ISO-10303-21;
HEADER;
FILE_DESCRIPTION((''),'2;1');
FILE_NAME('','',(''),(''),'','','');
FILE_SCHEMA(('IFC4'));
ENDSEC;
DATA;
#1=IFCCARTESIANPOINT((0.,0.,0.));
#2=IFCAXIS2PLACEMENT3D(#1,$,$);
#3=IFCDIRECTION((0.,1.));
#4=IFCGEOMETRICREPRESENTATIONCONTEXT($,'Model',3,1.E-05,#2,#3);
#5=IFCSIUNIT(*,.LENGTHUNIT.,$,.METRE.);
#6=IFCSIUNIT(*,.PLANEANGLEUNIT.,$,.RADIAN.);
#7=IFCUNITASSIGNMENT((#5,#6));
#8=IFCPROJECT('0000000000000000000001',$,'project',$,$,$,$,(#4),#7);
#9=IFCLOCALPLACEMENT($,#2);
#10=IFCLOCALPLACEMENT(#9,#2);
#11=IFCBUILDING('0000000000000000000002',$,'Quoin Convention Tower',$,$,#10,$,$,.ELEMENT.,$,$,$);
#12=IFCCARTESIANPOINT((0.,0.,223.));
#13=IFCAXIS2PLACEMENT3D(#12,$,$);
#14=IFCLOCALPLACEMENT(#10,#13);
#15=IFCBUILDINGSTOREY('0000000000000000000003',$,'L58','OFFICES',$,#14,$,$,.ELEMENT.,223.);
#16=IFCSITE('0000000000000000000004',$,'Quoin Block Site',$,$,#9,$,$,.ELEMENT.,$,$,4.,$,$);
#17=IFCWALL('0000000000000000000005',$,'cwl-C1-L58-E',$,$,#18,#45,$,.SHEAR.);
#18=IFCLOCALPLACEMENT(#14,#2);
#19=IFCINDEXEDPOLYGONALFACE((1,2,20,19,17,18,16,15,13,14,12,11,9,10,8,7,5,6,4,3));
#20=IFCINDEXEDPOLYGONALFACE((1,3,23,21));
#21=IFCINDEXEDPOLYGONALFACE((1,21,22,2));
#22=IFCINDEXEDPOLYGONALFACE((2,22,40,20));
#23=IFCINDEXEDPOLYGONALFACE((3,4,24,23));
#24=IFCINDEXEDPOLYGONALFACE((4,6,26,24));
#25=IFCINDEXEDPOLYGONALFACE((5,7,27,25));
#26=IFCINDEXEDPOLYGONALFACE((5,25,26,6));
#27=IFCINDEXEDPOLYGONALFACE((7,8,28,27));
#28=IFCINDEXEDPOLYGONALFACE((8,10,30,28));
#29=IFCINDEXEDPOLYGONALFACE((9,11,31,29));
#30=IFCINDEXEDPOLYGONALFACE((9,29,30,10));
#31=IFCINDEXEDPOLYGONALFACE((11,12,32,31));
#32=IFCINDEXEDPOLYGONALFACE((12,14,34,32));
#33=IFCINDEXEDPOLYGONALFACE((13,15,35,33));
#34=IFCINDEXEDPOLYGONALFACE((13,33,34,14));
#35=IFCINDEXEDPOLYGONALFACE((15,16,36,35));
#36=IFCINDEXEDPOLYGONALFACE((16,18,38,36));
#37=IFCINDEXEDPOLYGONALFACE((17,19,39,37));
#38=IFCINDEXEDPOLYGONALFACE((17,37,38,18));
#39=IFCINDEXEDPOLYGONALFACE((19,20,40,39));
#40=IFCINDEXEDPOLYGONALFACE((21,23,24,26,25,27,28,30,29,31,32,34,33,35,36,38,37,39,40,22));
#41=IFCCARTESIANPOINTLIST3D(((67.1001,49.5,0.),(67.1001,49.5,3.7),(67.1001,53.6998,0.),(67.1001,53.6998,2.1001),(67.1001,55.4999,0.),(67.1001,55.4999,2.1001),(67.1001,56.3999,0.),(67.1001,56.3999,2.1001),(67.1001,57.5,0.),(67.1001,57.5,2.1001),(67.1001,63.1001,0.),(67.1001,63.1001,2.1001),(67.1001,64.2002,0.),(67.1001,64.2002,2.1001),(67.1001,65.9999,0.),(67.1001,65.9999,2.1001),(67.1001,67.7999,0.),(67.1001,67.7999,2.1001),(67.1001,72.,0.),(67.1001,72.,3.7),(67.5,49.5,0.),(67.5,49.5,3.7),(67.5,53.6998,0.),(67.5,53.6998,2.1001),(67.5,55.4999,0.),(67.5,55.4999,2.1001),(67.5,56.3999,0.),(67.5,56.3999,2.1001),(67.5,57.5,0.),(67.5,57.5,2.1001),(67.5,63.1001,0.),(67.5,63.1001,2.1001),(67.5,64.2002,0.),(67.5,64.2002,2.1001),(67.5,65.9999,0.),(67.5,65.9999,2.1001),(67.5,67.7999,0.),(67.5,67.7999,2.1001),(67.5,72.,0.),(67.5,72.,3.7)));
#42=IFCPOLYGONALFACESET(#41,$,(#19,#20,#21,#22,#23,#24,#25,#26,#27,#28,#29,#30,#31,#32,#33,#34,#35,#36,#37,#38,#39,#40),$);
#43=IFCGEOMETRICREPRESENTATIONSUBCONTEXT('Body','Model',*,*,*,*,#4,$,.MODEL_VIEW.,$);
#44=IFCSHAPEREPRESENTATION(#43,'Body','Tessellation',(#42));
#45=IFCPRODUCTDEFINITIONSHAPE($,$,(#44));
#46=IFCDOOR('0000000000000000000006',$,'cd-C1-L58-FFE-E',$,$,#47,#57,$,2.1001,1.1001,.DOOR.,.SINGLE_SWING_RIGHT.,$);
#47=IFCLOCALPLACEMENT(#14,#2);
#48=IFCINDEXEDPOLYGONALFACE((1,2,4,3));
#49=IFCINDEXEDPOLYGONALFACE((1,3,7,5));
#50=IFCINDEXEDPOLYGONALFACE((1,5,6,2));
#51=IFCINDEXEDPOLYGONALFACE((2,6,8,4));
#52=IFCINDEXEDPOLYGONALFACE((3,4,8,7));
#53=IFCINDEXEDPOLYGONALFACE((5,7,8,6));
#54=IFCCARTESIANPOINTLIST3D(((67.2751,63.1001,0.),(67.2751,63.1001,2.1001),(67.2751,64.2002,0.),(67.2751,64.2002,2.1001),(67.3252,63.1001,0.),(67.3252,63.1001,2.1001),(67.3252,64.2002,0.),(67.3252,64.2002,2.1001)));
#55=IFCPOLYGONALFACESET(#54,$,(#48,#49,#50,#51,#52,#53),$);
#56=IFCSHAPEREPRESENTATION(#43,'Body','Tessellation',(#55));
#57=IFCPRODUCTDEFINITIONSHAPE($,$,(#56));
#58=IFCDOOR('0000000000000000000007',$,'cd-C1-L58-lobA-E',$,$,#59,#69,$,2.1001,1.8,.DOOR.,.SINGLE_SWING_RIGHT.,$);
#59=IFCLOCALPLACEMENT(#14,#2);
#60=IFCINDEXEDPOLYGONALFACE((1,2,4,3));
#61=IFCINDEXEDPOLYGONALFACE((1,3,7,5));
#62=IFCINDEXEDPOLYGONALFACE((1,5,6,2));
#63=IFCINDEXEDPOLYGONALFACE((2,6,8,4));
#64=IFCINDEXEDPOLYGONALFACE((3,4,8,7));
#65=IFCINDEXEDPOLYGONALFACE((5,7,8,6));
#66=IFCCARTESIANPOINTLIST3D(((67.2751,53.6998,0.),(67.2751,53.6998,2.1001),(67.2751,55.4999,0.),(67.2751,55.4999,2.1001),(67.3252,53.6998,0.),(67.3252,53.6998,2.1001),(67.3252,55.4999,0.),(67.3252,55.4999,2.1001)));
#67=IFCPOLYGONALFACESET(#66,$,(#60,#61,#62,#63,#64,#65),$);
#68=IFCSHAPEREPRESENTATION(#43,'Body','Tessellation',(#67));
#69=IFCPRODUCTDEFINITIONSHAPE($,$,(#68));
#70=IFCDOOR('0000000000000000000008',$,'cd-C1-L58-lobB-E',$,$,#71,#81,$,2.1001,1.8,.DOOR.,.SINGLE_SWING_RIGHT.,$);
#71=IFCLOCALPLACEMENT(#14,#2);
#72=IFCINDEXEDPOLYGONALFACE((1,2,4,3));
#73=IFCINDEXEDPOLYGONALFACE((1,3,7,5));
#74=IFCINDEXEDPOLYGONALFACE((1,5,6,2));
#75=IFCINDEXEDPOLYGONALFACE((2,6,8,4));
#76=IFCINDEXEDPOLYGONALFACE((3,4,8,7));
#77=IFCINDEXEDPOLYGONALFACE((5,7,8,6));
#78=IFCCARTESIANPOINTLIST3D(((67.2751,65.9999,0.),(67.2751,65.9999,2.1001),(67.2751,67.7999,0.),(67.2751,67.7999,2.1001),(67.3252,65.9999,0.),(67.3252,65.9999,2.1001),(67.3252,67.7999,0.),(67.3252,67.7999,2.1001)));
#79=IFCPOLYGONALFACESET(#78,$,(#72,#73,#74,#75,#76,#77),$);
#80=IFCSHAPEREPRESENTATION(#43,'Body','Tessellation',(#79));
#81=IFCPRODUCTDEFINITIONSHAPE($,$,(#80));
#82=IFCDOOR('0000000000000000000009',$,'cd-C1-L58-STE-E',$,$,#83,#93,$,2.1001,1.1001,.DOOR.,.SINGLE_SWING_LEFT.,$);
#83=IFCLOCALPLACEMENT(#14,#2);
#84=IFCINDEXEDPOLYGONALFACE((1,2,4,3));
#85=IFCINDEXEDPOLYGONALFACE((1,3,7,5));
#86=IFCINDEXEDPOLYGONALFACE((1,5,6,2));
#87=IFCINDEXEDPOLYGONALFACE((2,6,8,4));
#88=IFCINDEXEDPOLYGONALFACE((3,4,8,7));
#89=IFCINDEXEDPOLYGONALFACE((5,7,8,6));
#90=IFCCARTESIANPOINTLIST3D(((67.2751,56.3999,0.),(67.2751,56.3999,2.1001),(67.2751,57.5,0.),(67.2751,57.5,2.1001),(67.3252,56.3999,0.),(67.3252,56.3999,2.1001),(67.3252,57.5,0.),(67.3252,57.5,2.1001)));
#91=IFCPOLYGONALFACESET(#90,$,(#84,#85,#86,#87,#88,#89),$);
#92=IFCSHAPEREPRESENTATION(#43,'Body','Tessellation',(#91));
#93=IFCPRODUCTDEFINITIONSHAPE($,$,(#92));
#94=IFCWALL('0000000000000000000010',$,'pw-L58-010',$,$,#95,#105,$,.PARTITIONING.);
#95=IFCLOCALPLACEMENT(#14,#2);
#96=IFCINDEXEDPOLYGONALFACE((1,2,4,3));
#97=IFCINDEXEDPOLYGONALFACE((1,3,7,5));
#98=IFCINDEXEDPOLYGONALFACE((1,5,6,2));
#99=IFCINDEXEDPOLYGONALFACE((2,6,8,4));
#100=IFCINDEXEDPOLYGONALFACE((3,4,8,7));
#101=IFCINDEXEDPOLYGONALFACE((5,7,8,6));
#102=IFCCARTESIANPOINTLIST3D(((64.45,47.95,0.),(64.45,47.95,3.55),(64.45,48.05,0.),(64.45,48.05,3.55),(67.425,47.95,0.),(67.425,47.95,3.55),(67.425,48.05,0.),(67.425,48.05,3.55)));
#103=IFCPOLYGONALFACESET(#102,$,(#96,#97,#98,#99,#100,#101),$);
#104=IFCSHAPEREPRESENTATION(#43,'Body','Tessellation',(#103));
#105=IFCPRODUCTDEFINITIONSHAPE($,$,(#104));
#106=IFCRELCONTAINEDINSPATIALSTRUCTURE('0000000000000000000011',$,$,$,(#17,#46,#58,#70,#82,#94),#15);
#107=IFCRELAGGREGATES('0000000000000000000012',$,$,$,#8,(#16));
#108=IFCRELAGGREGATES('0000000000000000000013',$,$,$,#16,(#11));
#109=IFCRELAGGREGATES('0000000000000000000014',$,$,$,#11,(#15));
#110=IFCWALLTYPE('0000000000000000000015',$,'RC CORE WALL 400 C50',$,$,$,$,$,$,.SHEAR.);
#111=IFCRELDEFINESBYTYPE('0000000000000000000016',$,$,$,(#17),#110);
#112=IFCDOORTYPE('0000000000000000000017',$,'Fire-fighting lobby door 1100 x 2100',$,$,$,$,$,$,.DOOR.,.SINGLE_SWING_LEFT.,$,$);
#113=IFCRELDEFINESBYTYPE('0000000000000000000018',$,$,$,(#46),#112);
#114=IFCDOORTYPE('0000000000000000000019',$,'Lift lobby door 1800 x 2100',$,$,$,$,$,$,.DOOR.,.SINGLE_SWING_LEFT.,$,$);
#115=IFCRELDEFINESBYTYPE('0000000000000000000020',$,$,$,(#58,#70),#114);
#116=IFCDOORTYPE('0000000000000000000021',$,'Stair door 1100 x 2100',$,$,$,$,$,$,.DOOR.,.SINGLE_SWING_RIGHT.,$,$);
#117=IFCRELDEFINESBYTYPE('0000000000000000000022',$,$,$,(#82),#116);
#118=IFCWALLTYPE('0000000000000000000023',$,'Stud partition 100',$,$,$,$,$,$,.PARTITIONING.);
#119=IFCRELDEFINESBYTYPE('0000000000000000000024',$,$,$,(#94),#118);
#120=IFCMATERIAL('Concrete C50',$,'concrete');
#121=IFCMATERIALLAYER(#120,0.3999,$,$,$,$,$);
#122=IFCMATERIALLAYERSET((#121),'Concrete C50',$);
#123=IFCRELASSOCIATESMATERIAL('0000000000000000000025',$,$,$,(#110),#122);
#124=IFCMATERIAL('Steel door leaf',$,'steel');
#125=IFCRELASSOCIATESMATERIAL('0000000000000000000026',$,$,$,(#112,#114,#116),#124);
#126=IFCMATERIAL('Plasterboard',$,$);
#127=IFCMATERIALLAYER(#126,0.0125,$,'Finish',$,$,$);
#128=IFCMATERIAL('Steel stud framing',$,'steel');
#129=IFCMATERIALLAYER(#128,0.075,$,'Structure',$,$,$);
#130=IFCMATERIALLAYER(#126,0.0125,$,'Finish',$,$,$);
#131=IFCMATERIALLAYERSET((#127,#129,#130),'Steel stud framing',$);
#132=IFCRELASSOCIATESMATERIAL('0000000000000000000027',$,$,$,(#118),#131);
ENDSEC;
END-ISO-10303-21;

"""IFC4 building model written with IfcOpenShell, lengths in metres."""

from ifc_helpers import new_model, si_unit, direction, frame, frame_2d, origin, place, context, subcontext, project, spatial, rectangle, extrude, material, layer, layer_set, type_object, element, fill, save


model = new_model("IFC4")

# Units and contexts
model_context = context("Model", 3, precision=1e-05, world=origin(), true_north=direction((0.0, 1.0)))
body_context = subcontext(model_context, "Body", "Model", "MODEL_VIEW")
ifc_project = project(units=[si_unit("LENGTHUNIT", "METRE"), si_unit("PLANEANGLEUNIT", "RADIAN")], contexts=[model_context])

# Site, building, storey
site_placement = place(None, origin())
site = spatial("IfcSite", under=ifc_project, at=site_placement, Name="Quoin Block Site", CompositionType="ELEMENT", RefElevation=4.0)
building_placement = place(site_placement, origin())
building = spatial("IfcBuilding", under=site, at=building_placement, Name="Quoin Convention Tower", CompositionType="ELEMENT")
storey_placement = place(building_placement, frame((0.0, 0.0, 223.0)))
storey = spatial("IfcBuildingStorey", under=building, at=storey_placement, Name="L58", Description="OFFICES", CompositionType="ELEMENT", Elevation=223.0)

# Shared definitions
ifc_material_1 = material(Name="Concrete C50", Category="concrete")

# Shared definitions
ifc_material_2 = material(Name="Plasterboard")
ifc_material_3 = material(Name="Steel stud framing", Category="steel")
ifc_material_4 = material(Name="Steel door leaf", Category="steel")

# Wall, openings, doors
ifc_layer_1 = layer(ifc_material_1, 0.3999)
ifc_layer_set_1 = layer_set([ifc_layer_1], Name="Concrete C50")
wall_type_1 = type_object("IfcWallType", Name="RC CORE WALL 400 C50", PredefinedType="SHEAR", material=ifc_layer_set_1)
wall_1_placement = place(storey_placement, frame((67.3, 49.5, 0.0), z_axis=(0.0, 0.0, 1.0), x_axis=(0.0, 1.0, 0.0)))
wall_1 = element("IfcWall", 1, at=wall_1_placement, inside=storey, type_object=wall_type_1, Name="cwl-C1-L58-E", PredefinedType="SHEAR", context=body_context, shape_type="SweptSolid", body=[
    extrude(rectangle(XDim=22.5, YDim=0.3999, at=frame_2d((11.25, 0.0))), origin(), (0.0, 0.0, 1.0), 3.7),
])
opening_1_placement = place(wall_1_placement, frame((4.2, 0.0, 0.0)))
opening_1 = element("IfcOpeningElement", 2, at=opening_1_placement, cuts=wall_1, PredefinedType="OPENING", context=body_context, shape_type="SweptSolid", body=[
    extrude(rectangle(XDim=1.8, YDim=2.1001, at=frame_2d((0.8999, 1.05))), frame((0.0, 0.21, 0.0), z_axis=(0.0, -1.0, 0.0), x_axis=(1.0, 0.0, 0.0)), (0.0, 0.0, 1.0), 0.4199),
])
opening_2_placement = place(wall_1_placement, frame((6.8999, 0.0, 0.0)))
opening_2 = element("IfcOpeningElement", 3, at=opening_2_placement, cuts=wall_1, PredefinedType="OPENING", context=body_context, shape_type="SweptSolid", body=[
    extrude(rectangle(XDim=1.1001, YDim=2.1001, at=frame_2d((0.55, 1.05))), frame((0.0, 0.21, 0.0), z_axis=(0.0, -1.0, 0.0), x_axis=(1.0, 0.0, 0.0)), (0.0, 0.0, 1.0), 0.4199),
])
opening_3_placement = place(wall_1_placement, frame((13.6001, 0.0, 0.0)))
opening_3 = element("IfcOpeningElement", 4, at=opening_3_placement, cuts=wall_1, PredefinedType="OPENING", context=body_context, shape_type="SweptSolid", body=[
    extrude(rectangle(XDim=1.1001, YDim=2.1001, at=frame_2d((0.55, 1.05))), frame((0.0, 0.21, 0.0), z_axis=(0.0, -1.0, 0.0), x_axis=(1.0, 0.0, 0.0)), (0.0, 0.0, 1.0), 0.4199),
])
opening_4_placement = place(wall_1_placement, frame((16.5, 0.0, 0.0)))
opening_4 = element("IfcOpeningElement", 5, at=opening_4_placement, cuts=wall_1, PredefinedType="OPENING", context=body_context, shape_type="SweptSolid", body=[
    extrude(rectangle(XDim=1.8, YDim=2.1001, at=frame_2d((0.8999, 1.05))), frame((0.0, 0.21, 0.0), z_axis=(0.0, -1.0, 0.0), x_axis=(1.0, 0.0, 0.0)), (0.0, 0.0, 1.0), 0.4199),
])
door_type_1 = type_object("IfcDoorType", Name="Fire-fighting lobby door 1100 x 2100", OperationType="SINGLE_SWING_LEFT", PredefinedType="DOOR", material=ifc_material_4)
door_1_placement = place(opening_3_placement, origin())
door_1 = element("IfcDoor", 6, at=door_1_placement, inside=storey, type_object=door_type_1, Name="cd-C1-L58-FFE-E", OperationType="SINGLE_SWING_RIGHT", OverallHeight=2.1001, OverallWidth=1.1001, PredefinedType="DOOR", context=body_context, shape_type="SweptSolid", body=[
    extrude(rectangle(XDim=1.1001, YDim=2.1001, at=frame_2d((0.55, 1.05))), frame((0.0, 0.0249, 0.0), z_axis=(0.0, -1.0, 0.0), x_axis=(1.0, 0.0, 0.0)), (0.0, 0.0, 1.0), 0.05),
])
fill(opening_3, door_1)
door_type_2 = type_object("IfcDoorType", Name="Lift lobby door 1800 x 2100", OperationType="SINGLE_SWING_LEFT", PredefinedType="DOOR", material=ifc_material_4)
door_2_placement = place(opening_1_placement, origin())
door_2 = element("IfcDoor", 7, at=door_2_placement, inside=storey, type_object=door_type_2, Name="cd-C1-L58-lobA-E", OperationType="SINGLE_SWING_RIGHT", OverallHeight=2.1001, OverallWidth=1.8, PredefinedType="DOOR", context=body_context, shape_type="SweptSolid", body=[
    extrude(rectangle(XDim=1.8, YDim=2.1001, at=frame_2d((0.8999, 1.05))), frame((0.0, 0.0249, 0.0), z_axis=(0.0, -1.0, 0.0), x_axis=(1.0, 0.0, 0.0)), (0.0, 0.0, 1.0), 0.05),
])
fill(opening_1, door_2)
door_3_placement = place(opening_4_placement, origin())
door_3 = element("IfcDoor", 8, at=door_3_placement, inside=storey, type_object=door_type_2, Name="cd-C1-L58-lobB-E", OperationType="SINGLE_SWING_RIGHT", OverallHeight=2.1001, OverallWidth=1.8, PredefinedType="DOOR", context=body_context, shape_type="SweptSolid", body=[
    extrude(rectangle(XDim=1.8, YDim=2.1001, at=frame_2d((0.8999, 1.05))), frame((0.0, 0.0249, 0.0), z_axis=(0.0, -1.0, 0.0), x_axis=(1.0, 0.0, 0.0)), (0.0, 0.0, 1.0), 0.05),
])
fill(opening_4, door_3)
door_type_3 = type_object("IfcDoorType", Name="Stair door 1100 x 2100", OperationType="SINGLE_SWING_RIGHT", PredefinedType="DOOR", material=ifc_material_4)
door_4_placement = place(opening_2_placement, origin())
door_4 = element("IfcDoor", 9, at=door_4_placement, inside=storey, type_object=door_type_3, Name="cd-C1-L58-STE-E", OperationType="SINGLE_SWING_LEFT", OverallHeight=2.1001, OverallWidth=1.1001, PredefinedType="DOOR", context=body_context, shape_type="SweptSolid", body=[
    extrude(rectangle(XDim=1.1001, YDim=2.1001, at=frame_2d((0.55, 1.05))), frame((0.0, 0.0249, 0.0), z_axis=(0.0, -1.0, 0.0), x_axis=(1.0, 0.0, 0.0)), (0.0, 0.0, 1.0), 0.05),
])
fill(opening_2, door_4)

# Wall
ifc_layer_2 = layer(ifc_material_2, 0.0125, Name="Finish")
ifc_layer_3 = layer(ifc_material_3, 0.075, Name="Structure")
ifc_layer_4 = layer(ifc_material_2, 0.0125, Name="Finish")
ifc_layer_set_2 = layer_set([ifc_layer_2, ifc_layer_3, ifc_layer_4], Name="Steel stud framing")
wall_type_2 = type_object("IfcWallType", Name="Stud partition 100", PredefinedType="PARTITIONING", material=ifc_layer_set_2)
wall_2_placement = place(storey_placement, frame((64.45, 48.0, 0.0), z_axis=(0.0, 0.0, 1.0), x_axis=(1.0, 0.0, 0.0)))
element("IfcWall", 10, at=wall_2_placement, inside=storey, type_object=wall_type_2, Name="pw-L58-010", PredefinedType="PARTITIONING", context=body_context, shape_type="SweptSolid", body=[
    extrude(rectangle(XDim=2.9751, YDim=0.1001, at=frame_2d((1.4875, 0.0))), origin(), (0.0, 0.0, 1.0), 3.55),
])

save(model, "model.ifc")
